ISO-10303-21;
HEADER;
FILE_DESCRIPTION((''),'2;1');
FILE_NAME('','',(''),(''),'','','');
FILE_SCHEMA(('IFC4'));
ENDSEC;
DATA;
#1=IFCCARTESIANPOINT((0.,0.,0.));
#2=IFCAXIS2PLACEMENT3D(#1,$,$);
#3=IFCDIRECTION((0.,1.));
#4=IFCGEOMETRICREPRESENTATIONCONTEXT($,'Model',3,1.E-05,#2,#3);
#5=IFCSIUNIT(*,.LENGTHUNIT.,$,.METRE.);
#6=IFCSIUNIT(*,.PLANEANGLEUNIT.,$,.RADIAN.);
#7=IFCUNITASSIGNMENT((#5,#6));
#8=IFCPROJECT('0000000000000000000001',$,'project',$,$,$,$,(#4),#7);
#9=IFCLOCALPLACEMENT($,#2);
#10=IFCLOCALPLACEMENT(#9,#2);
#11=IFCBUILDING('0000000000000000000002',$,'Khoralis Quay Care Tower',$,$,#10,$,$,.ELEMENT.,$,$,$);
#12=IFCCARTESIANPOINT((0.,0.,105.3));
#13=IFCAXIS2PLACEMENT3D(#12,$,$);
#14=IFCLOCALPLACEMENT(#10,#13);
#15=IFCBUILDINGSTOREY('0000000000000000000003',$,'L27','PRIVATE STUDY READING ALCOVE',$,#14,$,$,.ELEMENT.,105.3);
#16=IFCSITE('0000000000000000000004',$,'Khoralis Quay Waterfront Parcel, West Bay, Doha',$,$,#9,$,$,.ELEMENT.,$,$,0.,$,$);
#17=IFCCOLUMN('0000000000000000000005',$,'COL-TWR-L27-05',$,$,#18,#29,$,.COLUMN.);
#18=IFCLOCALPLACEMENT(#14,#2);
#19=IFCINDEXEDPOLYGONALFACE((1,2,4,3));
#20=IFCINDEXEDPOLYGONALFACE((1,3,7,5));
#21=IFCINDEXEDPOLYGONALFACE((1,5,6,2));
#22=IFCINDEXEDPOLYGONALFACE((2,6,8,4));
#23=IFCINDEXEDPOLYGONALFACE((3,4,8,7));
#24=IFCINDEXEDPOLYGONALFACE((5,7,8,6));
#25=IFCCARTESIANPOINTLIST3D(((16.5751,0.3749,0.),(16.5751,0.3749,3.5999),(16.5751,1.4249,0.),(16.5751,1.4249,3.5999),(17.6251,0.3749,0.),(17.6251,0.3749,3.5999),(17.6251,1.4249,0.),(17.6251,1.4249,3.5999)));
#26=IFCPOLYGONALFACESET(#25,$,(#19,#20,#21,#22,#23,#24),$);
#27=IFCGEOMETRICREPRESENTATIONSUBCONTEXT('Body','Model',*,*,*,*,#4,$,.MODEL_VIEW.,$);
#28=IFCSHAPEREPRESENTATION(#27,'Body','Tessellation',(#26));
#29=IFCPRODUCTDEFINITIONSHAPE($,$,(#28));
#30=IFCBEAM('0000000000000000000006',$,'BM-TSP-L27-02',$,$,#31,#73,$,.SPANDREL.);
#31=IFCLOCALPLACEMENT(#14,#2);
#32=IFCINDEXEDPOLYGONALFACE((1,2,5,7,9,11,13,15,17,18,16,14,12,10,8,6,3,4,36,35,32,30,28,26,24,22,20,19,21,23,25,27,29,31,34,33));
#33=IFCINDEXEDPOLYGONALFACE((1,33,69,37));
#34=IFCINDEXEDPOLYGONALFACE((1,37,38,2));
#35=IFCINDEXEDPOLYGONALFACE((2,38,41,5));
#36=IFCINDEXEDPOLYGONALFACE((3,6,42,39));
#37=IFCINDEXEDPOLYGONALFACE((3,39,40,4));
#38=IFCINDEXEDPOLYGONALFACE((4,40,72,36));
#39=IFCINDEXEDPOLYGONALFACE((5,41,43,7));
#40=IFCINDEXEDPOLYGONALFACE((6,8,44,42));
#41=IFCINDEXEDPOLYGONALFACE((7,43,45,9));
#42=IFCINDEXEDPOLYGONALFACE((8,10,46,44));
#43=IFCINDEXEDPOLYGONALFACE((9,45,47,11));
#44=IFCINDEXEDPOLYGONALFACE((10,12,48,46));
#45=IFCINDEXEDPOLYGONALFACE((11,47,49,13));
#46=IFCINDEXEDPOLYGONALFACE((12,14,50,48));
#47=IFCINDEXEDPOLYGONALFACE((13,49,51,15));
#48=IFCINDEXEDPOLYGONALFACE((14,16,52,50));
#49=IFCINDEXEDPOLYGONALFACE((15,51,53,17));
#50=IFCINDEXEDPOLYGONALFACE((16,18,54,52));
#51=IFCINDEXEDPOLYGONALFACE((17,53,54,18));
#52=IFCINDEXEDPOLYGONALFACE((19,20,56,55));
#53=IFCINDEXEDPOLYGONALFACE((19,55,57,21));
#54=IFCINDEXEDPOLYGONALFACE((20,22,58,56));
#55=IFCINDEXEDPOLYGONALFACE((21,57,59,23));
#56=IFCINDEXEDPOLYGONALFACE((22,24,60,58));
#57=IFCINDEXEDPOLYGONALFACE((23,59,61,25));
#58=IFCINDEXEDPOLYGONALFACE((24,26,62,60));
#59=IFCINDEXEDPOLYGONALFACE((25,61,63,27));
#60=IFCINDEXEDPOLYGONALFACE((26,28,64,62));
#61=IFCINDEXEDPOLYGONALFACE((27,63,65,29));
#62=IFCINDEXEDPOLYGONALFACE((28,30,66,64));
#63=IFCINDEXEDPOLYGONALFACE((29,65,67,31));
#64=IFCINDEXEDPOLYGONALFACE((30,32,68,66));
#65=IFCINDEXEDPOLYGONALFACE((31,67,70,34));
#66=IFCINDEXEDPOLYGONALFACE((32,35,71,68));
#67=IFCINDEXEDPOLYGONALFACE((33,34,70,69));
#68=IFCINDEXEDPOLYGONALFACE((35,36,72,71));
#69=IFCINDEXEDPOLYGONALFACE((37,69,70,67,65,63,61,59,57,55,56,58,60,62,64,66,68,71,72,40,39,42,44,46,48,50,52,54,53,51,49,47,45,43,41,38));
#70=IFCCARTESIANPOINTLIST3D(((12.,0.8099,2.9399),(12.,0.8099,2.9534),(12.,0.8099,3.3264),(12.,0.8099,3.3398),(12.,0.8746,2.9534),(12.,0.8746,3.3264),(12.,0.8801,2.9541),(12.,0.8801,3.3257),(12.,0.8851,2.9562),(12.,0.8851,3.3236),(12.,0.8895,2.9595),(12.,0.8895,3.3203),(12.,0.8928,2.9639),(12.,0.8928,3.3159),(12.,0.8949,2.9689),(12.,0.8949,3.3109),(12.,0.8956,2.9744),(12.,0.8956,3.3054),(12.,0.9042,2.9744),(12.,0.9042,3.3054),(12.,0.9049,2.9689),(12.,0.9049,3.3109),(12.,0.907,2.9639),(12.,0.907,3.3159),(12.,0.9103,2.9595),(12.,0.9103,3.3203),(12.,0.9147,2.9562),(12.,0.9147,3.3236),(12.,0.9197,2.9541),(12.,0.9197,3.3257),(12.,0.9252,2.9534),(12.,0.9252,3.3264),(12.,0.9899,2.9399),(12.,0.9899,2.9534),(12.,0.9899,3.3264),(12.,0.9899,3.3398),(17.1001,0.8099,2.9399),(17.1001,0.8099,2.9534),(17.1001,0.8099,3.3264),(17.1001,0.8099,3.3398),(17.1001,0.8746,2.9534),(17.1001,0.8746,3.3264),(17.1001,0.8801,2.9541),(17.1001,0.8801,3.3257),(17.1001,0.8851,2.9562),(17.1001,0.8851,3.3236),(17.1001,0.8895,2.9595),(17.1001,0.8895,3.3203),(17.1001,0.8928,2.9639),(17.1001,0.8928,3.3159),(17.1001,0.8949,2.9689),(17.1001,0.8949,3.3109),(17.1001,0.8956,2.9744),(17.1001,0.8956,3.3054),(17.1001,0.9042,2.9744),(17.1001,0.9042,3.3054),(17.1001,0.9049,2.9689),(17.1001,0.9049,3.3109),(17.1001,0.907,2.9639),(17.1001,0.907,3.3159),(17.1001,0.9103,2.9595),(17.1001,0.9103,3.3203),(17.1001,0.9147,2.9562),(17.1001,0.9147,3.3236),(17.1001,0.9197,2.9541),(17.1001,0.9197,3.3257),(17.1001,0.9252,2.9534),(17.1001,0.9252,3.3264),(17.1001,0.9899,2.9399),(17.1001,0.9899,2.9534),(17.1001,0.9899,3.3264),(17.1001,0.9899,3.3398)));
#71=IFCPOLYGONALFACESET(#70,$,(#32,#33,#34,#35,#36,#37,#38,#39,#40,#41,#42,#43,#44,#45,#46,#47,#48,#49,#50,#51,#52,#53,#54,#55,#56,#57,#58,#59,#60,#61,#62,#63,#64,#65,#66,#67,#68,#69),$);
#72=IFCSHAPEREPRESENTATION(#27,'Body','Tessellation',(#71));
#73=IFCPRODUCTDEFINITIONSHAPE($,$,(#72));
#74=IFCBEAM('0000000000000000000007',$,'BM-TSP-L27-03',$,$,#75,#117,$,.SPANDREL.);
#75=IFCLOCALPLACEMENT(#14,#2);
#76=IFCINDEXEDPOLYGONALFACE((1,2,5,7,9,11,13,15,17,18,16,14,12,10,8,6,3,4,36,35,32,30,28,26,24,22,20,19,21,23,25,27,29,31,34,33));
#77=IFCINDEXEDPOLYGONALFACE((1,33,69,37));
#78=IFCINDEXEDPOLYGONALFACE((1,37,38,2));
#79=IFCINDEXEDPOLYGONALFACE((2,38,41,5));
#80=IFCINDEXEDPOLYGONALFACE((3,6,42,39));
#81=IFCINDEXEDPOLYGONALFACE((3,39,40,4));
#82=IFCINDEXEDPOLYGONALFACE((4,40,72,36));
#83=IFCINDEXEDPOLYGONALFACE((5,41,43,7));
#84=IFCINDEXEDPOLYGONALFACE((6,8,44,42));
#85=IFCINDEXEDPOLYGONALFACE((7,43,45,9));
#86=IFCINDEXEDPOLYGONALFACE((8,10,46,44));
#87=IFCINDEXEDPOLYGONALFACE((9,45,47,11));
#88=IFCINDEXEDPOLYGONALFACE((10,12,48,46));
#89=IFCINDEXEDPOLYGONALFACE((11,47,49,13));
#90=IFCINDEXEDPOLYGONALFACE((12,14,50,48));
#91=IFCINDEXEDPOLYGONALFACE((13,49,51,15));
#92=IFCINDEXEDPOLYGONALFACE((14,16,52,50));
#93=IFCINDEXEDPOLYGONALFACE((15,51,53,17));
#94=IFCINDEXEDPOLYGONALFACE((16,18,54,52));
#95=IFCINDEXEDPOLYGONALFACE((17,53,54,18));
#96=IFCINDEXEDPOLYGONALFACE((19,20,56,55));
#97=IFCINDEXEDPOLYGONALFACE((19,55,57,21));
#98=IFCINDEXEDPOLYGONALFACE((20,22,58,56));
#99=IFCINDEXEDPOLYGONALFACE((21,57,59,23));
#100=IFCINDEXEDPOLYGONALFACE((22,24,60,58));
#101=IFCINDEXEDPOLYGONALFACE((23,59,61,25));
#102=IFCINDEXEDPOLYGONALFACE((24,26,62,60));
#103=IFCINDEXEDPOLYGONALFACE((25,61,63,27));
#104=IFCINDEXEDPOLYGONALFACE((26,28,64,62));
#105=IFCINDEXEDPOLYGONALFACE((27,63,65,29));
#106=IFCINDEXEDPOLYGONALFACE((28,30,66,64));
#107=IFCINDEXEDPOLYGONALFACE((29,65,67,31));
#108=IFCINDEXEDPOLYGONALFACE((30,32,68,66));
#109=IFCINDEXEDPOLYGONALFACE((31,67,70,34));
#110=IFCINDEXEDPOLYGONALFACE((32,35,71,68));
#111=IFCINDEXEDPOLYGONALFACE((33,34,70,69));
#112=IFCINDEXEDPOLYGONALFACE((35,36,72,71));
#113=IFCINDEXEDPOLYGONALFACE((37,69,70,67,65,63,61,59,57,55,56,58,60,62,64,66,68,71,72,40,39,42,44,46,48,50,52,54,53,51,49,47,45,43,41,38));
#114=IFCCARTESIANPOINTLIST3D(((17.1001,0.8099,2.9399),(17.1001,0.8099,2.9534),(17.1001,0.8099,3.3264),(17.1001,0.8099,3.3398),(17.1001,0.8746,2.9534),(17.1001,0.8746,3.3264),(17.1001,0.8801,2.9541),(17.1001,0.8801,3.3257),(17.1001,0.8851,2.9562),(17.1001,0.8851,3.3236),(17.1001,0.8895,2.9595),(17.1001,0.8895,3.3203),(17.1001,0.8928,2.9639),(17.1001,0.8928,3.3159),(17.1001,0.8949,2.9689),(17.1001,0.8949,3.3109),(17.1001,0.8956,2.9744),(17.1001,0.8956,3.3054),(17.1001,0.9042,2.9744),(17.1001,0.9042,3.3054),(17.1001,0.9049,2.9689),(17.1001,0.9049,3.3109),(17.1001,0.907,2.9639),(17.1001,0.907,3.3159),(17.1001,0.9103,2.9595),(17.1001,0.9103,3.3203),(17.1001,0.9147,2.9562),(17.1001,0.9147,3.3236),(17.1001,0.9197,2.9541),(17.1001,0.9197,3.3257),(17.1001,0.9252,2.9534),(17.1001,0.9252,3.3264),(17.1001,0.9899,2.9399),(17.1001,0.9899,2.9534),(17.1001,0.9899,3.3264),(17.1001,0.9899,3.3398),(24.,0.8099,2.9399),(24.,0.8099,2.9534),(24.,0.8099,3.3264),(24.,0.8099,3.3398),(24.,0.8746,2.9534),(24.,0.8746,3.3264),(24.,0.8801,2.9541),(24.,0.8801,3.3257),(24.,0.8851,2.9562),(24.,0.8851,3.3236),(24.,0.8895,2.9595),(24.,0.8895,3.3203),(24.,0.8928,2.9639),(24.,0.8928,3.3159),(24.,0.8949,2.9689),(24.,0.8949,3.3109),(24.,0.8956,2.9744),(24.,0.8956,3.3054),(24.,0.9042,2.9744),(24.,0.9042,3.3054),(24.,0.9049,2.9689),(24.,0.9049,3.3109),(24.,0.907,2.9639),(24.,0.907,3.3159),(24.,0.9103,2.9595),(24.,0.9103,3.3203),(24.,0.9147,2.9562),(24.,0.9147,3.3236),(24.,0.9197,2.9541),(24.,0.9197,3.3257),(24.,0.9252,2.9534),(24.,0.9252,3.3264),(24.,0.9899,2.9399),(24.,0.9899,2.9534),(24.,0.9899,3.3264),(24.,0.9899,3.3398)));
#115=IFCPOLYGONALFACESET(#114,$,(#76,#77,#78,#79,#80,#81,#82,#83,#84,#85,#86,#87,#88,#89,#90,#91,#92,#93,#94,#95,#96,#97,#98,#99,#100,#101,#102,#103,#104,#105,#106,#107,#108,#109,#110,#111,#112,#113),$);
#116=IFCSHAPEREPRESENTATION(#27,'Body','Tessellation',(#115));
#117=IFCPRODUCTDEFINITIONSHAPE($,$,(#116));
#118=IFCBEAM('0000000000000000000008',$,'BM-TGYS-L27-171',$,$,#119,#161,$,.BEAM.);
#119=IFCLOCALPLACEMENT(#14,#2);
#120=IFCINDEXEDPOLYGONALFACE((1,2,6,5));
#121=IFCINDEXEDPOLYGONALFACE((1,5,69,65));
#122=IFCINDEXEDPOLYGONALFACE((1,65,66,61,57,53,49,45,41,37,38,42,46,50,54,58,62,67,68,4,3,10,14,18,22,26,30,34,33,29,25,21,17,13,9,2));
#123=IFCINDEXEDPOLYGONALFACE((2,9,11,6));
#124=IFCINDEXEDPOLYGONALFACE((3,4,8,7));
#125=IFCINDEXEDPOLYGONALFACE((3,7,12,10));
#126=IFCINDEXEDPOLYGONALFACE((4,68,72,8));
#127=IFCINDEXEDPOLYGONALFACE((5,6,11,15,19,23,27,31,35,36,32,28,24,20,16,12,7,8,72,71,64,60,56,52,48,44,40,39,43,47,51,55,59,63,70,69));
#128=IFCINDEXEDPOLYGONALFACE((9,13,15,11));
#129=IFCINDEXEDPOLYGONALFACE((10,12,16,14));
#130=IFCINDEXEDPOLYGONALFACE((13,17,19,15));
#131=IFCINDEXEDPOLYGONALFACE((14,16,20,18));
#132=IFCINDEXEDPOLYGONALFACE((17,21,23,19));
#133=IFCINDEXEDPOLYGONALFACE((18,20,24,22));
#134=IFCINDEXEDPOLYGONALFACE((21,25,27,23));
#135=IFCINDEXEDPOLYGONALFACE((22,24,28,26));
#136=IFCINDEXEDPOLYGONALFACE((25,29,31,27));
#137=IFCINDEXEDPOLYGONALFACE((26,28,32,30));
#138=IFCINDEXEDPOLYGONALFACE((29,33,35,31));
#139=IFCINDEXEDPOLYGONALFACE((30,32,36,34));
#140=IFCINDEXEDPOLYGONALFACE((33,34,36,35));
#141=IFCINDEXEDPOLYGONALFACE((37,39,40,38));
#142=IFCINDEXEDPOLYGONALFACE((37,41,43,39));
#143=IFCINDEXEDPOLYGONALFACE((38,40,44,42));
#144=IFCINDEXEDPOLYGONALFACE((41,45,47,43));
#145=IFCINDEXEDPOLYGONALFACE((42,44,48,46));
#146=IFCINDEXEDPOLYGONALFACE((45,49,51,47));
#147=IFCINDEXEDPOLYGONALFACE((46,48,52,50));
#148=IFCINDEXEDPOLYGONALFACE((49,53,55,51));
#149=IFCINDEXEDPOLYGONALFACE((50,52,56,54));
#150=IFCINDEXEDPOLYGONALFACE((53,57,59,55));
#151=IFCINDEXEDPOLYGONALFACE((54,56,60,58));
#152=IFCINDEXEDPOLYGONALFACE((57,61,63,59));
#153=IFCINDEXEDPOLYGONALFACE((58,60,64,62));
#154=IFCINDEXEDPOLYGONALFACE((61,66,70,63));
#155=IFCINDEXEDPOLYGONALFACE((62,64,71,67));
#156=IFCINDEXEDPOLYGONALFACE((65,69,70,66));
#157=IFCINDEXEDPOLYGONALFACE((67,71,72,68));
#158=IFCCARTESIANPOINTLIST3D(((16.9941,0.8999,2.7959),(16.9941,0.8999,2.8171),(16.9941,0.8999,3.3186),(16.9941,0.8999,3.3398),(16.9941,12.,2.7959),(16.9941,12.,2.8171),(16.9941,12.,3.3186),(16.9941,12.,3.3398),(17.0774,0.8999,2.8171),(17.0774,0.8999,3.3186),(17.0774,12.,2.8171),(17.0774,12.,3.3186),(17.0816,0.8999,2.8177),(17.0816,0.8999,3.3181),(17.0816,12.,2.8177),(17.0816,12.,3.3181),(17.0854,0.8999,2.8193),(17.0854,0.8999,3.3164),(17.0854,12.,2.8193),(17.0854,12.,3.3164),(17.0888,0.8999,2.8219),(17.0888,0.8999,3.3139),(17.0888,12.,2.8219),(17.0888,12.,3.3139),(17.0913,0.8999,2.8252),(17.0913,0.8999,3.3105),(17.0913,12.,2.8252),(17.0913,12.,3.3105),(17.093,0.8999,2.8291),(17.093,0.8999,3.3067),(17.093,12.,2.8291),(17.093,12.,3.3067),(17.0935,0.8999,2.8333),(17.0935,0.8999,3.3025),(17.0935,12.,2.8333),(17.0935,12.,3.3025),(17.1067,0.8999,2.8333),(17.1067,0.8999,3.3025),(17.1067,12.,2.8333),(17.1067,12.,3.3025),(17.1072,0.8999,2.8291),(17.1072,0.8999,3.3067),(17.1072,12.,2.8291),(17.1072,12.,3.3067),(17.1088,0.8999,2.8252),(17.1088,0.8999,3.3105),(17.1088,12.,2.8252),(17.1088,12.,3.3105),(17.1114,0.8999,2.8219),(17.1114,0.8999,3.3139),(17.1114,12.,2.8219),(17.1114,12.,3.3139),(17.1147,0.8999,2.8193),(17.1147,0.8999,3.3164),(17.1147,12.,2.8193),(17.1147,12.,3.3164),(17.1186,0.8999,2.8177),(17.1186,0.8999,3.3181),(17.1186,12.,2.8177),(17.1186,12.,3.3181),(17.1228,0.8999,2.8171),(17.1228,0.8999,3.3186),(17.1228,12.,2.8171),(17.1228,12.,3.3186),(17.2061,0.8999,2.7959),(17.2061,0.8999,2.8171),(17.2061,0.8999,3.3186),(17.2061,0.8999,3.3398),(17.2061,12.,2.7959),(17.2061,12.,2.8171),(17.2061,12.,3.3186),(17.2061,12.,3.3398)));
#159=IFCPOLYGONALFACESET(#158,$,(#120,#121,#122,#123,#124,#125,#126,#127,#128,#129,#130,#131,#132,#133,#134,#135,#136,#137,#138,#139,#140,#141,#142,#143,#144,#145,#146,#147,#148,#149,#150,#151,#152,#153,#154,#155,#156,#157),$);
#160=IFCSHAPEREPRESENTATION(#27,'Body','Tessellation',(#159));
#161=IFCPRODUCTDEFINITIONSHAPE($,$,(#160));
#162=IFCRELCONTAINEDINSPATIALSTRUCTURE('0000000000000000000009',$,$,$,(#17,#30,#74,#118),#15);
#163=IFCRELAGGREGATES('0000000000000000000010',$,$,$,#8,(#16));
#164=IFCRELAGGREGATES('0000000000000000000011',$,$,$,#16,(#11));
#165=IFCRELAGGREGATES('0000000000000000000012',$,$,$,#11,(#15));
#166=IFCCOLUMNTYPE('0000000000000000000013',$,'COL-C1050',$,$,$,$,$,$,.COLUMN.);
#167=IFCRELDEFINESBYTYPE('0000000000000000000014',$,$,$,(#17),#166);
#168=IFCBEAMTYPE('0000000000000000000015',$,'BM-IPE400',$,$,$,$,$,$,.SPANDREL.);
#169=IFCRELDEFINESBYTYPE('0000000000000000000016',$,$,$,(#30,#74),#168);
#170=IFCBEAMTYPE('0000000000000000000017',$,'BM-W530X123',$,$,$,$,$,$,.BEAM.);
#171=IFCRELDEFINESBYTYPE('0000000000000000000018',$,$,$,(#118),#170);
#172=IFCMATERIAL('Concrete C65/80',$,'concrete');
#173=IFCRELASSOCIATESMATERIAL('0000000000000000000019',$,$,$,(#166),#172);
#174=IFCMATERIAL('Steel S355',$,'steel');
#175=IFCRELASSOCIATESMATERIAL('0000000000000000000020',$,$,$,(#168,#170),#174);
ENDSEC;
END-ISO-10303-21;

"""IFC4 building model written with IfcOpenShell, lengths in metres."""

from ifc_helpers import new_model, si_unit, direction, frame, origin, origin_2d, place, context, subcontext, project, spatial, rectangle, i_section, extrude, source, transform, mapped, material, material_profile, profile_set, type_object, element, save


model = new_model("IFC4")

# Units and contexts
model_context = context("Model", 3, precision=1e-05, world=origin(), true_north=direction((0.0, 1.0)))
body_context = subcontext(model_context, "Body", "Model", "MODEL_VIEW")
ifc_project = project(units=[si_unit("LENGTHUNIT", "METRE"), si_unit("PLANEANGLEUNIT", "RADIAN")], contexts=[model_context])

# Site, building, storey
site_placement = place(None, origin())
site = spatial("IfcSite", under=ifc_project, at=site_placement, Name="Khoralis Quay Waterfront Parcel, West Bay, Doha", CompositionType="ELEMENT", RefElevation=0.0)
building_placement = place(site_placement, origin())
building = spatial("IfcBuilding", under=site, at=building_placement, Name="Khoralis Quay Care Tower", CompositionType="ELEMENT")
storey_placement = place(building_placement, frame((0.0, 0.0, 105.3)))
storey = spatial("IfcBuildingStorey", under=building, at=storey_placement, Name="L27", Description="PRIVATE STUDY READING ALCOVE", CompositionType="ELEMENT", Elevation=105.3)

# Column
ifc_material_1 = material(Name="Concrete C65/80", Category="concrete")
ifc_material_profile_1 = material_profile(ifc_material_1, rectangle(XDim=1.05, YDim=1.05, at=origin_2d()), Name="Concrete C65/80")
ifc_profile_set_1 = profile_set([ifc_material_profile_1], Name="Concrete C65/80")
column_type = type_object("IfcColumnType", Name="COL-C1050", PredefinedType="COLUMN", material=ifc_profile_set_1)
shared_shape_1 = source(origin(), body_context, "Body", "SweptSolid", [
    extrude(rectangle(XDim=1.05, YDim=1.05, at=origin_2d()), origin(), (0.0, 0.0, 1.0), 3.5999),
])
column_placement = place(storey_placement, frame((17.1001, 0.8999, 0.0), z_axis=(0.0, 0.0, 1.0), x_axis=(1.0, 0.0, 0.0)))
element("IfcColumn", 1, at=column_placement, inside=storey, type_object=column_type, Name="COL-TWR-L27-05", PredefinedType="COLUMN", context=body_context, shape_type="MappedRepresentation", body=[
    mapped(shared_shape_1, transform((0.0, 0.0, 0.0), scale=1.0)),
])

# Beams
ifc_material_2 = material(Name="Steel S355", Category="steel")
ifc_material_profile_2 = material_profile(ifc_material_2, i_section(OverallWidth=0.1799, OverallDepth=0.3999, WebThickness=0.0085, FlangeThickness=0.0134, FilletRadius=0.021, at=origin_2d()), Name="Steel S355")
ifc_profile_set_2 = profile_set([ifc_material_profile_2], Name="Steel S355")
beam_type_1 = type_object("IfcBeamType", Name="BM-IPE400", PredefinedType="SPANDREL", material=ifc_profile_set_2)
shared_shape_2 = source(origin(), body_context, "Body", "SweptSolid", [
    extrude(i_section(OverallWidth=0.1799, OverallDepth=0.3999, WebThickness=0.0085, FlangeThickness=0.0134, FilletRadius=0.021, at=origin_2d()), origin(), (0.0, 0.0, 1.0), 5.1001),
])
beam_1_placement = place(storey_placement, frame((12.0, 0.8999, 3.1399), z_axis=(1.0, 0.0, 0.0), x_axis=(0.0, 1.0, 0.0)))
element("IfcBeam", 2, at=beam_1_placement, inside=storey, type_object=beam_type_1, Name="BM-TSP-L27-02", PredefinedType="SPANDREL", context=body_context, shape_type="MappedRepresentation", body=[
    mapped(shared_shape_2, transform((0.0, 0.0, 0.0), scale=1.0)),
])
shared_shape_3 = source(origin(), body_context, "Body", "SweptSolid", [
    extrude(i_section(OverallWidth=0.1799, OverallDepth=0.3999, WebThickness=0.0085, FlangeThickness=0.0134, FilletRadius=0.021, at=origin_2d()), origin(), (0.0, 0.0, 1.0), 6.8999),
])
beam_2_placement = place(storey_placement, frame((17.1001, 0.8999, 3.1399), z_axis=(1.0, 0.0, 0.0), x_axis=(0.0, 1.0, 0.0)))
element("IfcBeam", 3, at=beam_2_placement, inside=storey, type_object=beam_type_1, Name="BM-TSP-L27-03", PredefinedType="SPANDREL", context=body_context, shape_type="MappedRepresentation", body=[
    mapped(shared_shape_3, transform((0.0, 0.0, 0.0), scale=1.0)),
])
ifc_material_profile_3 = material_profile(ifc_material_2, i_section(OverallWidth=0.2119, OverallDepth=0.5439, WebThickness=0.0132, FlangeThickness=0.0212, FilletRadius=0.0161, at=origin_2d()), Name="Steel S355")
ifc_profile_set_3 = profile_set([ifc_material_profile_3], Name="Steel S355")
beam_type_2 = type_object("IfcBeamType", Name="BM-W530X123", PredefinedType="BEAM", material=ifc_profile_set_3)
shared_shape_4 = source(origin(), body_context, "Body", "SweptSolid", [
    extrude(i_section(OverallWidth=0.2119, OverallDepth=0.5439, WebThickness=0.0132, FlangeThickness=0.0212, FilletRadius=0.0161, at=origin_2d()), origin(), (0.0, 0.0, 1.0), 11.1001),
])
beam_3_placement = place(storey_placement, frame((17.1001, 0.8999, 3.0679), z_axis=(0.0, 1.0, 0.0), x_axis=(-1.0, 0.0, 0.0)))
element("IfcBeam", 4, at=beam_3_placement, inside=storey, type_object=beam_type_2, Name="BM-TGYS-L27-171", PredefinedType="BEAM", context=body_context, shape_type="MappedRepresentation", body=[
    mapped(shared_shape_4, transform((0.0, 0.0, 0.0), scale=1.0)),
])

save(model, "model.ifc")
